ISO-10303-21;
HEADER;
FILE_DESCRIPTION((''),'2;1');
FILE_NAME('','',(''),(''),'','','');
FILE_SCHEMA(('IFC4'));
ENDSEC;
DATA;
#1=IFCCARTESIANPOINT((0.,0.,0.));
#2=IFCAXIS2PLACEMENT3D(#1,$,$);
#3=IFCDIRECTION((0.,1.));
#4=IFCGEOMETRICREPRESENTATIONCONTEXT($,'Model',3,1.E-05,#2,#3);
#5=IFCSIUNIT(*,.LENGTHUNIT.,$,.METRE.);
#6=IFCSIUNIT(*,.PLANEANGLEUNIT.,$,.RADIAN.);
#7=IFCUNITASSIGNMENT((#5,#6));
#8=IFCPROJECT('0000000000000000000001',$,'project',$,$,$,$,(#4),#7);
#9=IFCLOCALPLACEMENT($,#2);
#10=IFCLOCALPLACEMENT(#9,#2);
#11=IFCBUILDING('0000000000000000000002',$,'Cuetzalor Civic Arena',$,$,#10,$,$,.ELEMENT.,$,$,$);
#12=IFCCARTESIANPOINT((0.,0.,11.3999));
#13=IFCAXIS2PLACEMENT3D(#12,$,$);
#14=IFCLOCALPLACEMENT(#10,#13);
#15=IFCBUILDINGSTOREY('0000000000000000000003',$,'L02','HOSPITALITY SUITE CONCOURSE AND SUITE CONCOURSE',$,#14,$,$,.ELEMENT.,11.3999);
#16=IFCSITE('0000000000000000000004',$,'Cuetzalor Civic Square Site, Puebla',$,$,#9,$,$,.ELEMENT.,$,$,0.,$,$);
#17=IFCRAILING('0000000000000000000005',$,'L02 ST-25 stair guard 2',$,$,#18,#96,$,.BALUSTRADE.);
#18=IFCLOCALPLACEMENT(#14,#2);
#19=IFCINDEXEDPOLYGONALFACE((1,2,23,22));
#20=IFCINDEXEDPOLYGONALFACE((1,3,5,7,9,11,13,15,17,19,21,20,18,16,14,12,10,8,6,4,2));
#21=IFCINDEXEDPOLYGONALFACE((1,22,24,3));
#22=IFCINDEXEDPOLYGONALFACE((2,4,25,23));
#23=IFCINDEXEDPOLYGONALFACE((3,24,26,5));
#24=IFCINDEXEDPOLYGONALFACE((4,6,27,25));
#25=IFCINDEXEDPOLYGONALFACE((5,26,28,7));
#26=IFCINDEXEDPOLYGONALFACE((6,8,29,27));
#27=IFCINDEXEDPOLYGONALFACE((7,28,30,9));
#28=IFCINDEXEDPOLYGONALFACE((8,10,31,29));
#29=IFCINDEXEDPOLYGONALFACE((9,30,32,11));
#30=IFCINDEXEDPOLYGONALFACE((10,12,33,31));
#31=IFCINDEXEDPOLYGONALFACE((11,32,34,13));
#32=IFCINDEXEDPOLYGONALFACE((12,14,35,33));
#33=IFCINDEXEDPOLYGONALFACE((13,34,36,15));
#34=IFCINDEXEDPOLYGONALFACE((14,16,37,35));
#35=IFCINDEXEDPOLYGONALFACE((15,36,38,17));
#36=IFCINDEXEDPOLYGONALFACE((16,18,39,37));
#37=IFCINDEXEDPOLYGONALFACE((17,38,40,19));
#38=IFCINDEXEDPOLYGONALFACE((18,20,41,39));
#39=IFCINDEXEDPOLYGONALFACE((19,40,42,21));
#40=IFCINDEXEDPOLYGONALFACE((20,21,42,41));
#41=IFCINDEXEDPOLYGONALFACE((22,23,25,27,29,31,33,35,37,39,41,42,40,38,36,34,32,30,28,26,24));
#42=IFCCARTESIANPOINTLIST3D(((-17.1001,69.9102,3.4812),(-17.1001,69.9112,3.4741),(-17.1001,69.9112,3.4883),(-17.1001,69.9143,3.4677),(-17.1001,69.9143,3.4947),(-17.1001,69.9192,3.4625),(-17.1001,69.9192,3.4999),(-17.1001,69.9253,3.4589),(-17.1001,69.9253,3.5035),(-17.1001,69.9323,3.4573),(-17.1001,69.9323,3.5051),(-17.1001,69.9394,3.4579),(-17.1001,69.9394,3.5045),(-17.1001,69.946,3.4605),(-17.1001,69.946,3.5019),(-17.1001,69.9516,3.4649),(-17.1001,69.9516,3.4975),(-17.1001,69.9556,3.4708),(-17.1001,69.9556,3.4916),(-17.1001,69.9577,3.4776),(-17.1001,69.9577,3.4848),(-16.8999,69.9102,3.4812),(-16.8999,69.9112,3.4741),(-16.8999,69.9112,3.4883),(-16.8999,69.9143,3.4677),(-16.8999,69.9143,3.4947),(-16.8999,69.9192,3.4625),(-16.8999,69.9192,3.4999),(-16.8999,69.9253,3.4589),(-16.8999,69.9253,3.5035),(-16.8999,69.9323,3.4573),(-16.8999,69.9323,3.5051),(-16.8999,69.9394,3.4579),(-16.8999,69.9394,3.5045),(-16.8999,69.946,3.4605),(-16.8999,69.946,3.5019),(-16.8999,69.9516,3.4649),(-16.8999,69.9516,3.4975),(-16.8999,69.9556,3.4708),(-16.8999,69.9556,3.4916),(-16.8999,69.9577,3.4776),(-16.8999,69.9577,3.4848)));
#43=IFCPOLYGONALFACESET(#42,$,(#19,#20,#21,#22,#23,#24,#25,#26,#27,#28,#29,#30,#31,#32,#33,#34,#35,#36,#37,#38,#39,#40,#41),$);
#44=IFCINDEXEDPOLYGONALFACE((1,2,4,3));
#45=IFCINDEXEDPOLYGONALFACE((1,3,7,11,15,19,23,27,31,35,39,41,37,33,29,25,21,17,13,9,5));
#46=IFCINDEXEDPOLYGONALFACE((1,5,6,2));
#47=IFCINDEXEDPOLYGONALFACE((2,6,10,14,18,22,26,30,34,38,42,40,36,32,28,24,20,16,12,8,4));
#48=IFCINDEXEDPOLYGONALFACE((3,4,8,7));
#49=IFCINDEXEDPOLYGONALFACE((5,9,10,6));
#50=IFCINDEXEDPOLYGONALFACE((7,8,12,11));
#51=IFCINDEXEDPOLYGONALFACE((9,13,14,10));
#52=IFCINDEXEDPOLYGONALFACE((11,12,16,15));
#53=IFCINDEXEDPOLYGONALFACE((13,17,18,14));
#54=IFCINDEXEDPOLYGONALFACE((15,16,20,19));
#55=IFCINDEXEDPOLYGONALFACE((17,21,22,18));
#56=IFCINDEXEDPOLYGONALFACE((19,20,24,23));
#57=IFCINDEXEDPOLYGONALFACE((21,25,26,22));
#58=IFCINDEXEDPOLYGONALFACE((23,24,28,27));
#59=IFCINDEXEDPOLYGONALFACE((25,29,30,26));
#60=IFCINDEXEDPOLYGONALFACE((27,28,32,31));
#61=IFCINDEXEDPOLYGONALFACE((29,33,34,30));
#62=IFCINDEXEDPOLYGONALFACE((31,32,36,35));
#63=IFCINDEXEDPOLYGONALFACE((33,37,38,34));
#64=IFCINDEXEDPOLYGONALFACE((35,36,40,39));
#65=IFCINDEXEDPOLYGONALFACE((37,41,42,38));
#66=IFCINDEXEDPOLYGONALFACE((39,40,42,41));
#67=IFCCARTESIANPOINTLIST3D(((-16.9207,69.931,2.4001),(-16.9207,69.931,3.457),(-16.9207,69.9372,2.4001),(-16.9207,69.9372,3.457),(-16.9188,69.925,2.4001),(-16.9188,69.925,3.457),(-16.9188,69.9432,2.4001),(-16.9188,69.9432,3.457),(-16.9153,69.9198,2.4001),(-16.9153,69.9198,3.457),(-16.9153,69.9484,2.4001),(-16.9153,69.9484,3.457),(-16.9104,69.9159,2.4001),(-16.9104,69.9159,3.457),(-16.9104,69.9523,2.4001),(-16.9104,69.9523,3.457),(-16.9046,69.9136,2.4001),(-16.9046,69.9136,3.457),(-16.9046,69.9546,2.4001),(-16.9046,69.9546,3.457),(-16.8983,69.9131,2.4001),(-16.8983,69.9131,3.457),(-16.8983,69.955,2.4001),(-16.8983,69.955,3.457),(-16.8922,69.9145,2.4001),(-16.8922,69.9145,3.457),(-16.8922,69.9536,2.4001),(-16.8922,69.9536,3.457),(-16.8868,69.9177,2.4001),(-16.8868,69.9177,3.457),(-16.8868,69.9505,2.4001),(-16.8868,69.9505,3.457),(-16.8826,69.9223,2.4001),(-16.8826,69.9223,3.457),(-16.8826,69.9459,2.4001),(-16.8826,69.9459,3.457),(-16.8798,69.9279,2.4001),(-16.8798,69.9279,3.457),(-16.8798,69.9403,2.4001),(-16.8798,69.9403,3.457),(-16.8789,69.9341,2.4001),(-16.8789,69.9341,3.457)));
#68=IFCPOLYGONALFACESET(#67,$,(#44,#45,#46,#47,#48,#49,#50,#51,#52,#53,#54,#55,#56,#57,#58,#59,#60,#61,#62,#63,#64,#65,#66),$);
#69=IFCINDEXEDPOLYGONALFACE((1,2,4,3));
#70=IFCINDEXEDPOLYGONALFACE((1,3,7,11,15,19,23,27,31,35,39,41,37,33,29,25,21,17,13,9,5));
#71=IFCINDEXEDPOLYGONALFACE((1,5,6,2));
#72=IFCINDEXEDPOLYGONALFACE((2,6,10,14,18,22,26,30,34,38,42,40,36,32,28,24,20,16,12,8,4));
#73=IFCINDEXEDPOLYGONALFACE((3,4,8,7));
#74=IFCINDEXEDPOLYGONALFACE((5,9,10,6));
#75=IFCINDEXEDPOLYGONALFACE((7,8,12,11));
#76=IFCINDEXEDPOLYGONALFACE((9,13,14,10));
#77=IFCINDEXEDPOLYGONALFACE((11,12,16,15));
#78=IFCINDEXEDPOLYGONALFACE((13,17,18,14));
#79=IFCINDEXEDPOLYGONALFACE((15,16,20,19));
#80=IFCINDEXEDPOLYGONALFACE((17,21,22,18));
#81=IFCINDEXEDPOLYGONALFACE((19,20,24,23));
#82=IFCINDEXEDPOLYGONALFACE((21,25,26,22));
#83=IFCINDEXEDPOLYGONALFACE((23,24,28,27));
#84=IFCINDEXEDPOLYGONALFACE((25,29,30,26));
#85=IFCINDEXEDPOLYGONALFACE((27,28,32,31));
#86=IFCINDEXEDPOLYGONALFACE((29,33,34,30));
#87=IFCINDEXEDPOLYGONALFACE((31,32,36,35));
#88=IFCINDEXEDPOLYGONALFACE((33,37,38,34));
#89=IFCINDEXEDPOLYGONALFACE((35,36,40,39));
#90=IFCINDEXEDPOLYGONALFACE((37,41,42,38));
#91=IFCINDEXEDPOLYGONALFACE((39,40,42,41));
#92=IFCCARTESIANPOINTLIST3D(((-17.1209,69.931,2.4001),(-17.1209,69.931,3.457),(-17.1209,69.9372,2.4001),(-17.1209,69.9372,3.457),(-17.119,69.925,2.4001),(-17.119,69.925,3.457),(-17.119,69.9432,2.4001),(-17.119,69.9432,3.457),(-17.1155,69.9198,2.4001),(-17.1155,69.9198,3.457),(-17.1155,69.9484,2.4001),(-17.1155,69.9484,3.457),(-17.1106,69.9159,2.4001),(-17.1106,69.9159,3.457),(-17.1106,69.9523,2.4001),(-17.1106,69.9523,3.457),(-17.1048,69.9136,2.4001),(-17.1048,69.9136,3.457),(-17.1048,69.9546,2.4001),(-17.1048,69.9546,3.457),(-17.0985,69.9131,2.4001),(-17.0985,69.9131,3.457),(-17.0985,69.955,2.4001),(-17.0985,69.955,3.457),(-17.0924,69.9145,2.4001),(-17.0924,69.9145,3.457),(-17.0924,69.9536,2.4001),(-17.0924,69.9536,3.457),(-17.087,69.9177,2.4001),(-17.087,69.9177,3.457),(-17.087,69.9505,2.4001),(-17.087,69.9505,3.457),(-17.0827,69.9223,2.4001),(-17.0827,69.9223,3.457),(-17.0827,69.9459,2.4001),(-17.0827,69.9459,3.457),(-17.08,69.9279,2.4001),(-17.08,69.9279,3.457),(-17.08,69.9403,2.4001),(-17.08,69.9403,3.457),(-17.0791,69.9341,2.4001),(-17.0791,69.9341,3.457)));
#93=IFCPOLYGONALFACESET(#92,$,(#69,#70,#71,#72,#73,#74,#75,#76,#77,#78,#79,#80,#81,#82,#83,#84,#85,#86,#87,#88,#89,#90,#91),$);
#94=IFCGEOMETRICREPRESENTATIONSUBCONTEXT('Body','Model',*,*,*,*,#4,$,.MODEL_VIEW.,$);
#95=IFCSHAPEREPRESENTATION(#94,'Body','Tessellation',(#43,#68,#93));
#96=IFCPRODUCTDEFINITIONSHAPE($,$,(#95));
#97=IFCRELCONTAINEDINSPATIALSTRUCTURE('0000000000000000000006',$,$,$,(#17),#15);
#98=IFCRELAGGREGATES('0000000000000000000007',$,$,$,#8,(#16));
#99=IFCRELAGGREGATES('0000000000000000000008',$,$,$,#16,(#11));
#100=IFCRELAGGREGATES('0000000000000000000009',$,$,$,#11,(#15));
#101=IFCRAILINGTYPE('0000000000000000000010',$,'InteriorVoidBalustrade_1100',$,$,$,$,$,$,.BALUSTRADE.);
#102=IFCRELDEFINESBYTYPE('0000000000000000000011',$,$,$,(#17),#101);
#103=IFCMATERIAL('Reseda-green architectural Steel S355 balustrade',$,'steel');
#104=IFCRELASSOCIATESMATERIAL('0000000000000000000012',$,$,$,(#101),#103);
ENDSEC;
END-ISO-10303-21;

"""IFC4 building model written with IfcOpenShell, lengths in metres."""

from ifc_helpers import new_model, si_unit, direction, frame, origin, origin_2d, place, context, subcontext, project, spatial, circle, extrude, material, type_object, element, save


model = new_model("IFC4")

# Units and contexts
model_context = context("Model", 3, precision=1e-05, world=origin(), true_north=direction((0.0, 1.0)))
body_context = subcontext(model_context, "Body", "Model", "MODEL_VIEW")
ifc_project = project(units=[si_unit("LENGTHUNIT", "METRE"), si_unit("PLANEANGLEUNIT", "RADIAN")], contexts=[model_context])

# Site, building, storey
site_placement = place(None, origin())
site = spatial("IfcSite", under=ifc_project, at=site_placement, Name="Cuetzalor Civic Square Site, Puebla", CompositionType="ELEMENT", RefElevation=0.0)
building_placement = place(site_placement, origin())
building = spatial("IfcBuilding", under=site, at=building_placement, Name="Cuetzalor Civic Arena", CompositionType="ELEMENT")
storey_placement = place(building_placement, frame((0.0, 0.0, 11.3999)))
storey = spatial("IfcBuildingStorey", under=building, at=storey_placement, Name="L02", Description="HOSPITALITY SUITE CONCOURSE AND SUITE CONCOURSE", CompositionType="ELEMENT", Elevation=11.3999)

# Railing
ifc_material_1 = material(Name="Reseda-green architectural Steel S355 balustrade", Category="steel")
railing_type_1 = type_object("IfcRailingType", Name="InteriorVoidBalustrade_1100", PredefinedType="BALUSTRADE", material=ifc_material_1)
railing_1_placement = place(storey_placement, frame((-16.8999, 69.9341, 2.4001)))
element("IfcRailing", 1, at=railing_1_placement, inside=storey, type_object=railing_type_1, Name="L02 ST-25 stair guard 2", PredefinedType="BALUSTRADE", context=body_context, shape_type="SweptSolid", body=[
    extrude(circle(Radius=0.0239, at=origin_2d()), frame((0.0, 0.0, 1.0811), z_axis=(-1.0, 0.0, 0.0), x_axis=(0.0, -1.0, 0.0)), (0.0, 0.0, 1.0), 0.2002),
    extrude(circle(Radius=0.021, at=origin_2d()), origin(), (0.0, 0.0, 1.0), 1.0569),
    extrude(circle(Radius=0.021, at=origin_2d()), frame((-0.2002, 0.0, 0.0)), (0.0, 0.0, 1.0), 1.0569),
])

save(model, "model.ifc")
